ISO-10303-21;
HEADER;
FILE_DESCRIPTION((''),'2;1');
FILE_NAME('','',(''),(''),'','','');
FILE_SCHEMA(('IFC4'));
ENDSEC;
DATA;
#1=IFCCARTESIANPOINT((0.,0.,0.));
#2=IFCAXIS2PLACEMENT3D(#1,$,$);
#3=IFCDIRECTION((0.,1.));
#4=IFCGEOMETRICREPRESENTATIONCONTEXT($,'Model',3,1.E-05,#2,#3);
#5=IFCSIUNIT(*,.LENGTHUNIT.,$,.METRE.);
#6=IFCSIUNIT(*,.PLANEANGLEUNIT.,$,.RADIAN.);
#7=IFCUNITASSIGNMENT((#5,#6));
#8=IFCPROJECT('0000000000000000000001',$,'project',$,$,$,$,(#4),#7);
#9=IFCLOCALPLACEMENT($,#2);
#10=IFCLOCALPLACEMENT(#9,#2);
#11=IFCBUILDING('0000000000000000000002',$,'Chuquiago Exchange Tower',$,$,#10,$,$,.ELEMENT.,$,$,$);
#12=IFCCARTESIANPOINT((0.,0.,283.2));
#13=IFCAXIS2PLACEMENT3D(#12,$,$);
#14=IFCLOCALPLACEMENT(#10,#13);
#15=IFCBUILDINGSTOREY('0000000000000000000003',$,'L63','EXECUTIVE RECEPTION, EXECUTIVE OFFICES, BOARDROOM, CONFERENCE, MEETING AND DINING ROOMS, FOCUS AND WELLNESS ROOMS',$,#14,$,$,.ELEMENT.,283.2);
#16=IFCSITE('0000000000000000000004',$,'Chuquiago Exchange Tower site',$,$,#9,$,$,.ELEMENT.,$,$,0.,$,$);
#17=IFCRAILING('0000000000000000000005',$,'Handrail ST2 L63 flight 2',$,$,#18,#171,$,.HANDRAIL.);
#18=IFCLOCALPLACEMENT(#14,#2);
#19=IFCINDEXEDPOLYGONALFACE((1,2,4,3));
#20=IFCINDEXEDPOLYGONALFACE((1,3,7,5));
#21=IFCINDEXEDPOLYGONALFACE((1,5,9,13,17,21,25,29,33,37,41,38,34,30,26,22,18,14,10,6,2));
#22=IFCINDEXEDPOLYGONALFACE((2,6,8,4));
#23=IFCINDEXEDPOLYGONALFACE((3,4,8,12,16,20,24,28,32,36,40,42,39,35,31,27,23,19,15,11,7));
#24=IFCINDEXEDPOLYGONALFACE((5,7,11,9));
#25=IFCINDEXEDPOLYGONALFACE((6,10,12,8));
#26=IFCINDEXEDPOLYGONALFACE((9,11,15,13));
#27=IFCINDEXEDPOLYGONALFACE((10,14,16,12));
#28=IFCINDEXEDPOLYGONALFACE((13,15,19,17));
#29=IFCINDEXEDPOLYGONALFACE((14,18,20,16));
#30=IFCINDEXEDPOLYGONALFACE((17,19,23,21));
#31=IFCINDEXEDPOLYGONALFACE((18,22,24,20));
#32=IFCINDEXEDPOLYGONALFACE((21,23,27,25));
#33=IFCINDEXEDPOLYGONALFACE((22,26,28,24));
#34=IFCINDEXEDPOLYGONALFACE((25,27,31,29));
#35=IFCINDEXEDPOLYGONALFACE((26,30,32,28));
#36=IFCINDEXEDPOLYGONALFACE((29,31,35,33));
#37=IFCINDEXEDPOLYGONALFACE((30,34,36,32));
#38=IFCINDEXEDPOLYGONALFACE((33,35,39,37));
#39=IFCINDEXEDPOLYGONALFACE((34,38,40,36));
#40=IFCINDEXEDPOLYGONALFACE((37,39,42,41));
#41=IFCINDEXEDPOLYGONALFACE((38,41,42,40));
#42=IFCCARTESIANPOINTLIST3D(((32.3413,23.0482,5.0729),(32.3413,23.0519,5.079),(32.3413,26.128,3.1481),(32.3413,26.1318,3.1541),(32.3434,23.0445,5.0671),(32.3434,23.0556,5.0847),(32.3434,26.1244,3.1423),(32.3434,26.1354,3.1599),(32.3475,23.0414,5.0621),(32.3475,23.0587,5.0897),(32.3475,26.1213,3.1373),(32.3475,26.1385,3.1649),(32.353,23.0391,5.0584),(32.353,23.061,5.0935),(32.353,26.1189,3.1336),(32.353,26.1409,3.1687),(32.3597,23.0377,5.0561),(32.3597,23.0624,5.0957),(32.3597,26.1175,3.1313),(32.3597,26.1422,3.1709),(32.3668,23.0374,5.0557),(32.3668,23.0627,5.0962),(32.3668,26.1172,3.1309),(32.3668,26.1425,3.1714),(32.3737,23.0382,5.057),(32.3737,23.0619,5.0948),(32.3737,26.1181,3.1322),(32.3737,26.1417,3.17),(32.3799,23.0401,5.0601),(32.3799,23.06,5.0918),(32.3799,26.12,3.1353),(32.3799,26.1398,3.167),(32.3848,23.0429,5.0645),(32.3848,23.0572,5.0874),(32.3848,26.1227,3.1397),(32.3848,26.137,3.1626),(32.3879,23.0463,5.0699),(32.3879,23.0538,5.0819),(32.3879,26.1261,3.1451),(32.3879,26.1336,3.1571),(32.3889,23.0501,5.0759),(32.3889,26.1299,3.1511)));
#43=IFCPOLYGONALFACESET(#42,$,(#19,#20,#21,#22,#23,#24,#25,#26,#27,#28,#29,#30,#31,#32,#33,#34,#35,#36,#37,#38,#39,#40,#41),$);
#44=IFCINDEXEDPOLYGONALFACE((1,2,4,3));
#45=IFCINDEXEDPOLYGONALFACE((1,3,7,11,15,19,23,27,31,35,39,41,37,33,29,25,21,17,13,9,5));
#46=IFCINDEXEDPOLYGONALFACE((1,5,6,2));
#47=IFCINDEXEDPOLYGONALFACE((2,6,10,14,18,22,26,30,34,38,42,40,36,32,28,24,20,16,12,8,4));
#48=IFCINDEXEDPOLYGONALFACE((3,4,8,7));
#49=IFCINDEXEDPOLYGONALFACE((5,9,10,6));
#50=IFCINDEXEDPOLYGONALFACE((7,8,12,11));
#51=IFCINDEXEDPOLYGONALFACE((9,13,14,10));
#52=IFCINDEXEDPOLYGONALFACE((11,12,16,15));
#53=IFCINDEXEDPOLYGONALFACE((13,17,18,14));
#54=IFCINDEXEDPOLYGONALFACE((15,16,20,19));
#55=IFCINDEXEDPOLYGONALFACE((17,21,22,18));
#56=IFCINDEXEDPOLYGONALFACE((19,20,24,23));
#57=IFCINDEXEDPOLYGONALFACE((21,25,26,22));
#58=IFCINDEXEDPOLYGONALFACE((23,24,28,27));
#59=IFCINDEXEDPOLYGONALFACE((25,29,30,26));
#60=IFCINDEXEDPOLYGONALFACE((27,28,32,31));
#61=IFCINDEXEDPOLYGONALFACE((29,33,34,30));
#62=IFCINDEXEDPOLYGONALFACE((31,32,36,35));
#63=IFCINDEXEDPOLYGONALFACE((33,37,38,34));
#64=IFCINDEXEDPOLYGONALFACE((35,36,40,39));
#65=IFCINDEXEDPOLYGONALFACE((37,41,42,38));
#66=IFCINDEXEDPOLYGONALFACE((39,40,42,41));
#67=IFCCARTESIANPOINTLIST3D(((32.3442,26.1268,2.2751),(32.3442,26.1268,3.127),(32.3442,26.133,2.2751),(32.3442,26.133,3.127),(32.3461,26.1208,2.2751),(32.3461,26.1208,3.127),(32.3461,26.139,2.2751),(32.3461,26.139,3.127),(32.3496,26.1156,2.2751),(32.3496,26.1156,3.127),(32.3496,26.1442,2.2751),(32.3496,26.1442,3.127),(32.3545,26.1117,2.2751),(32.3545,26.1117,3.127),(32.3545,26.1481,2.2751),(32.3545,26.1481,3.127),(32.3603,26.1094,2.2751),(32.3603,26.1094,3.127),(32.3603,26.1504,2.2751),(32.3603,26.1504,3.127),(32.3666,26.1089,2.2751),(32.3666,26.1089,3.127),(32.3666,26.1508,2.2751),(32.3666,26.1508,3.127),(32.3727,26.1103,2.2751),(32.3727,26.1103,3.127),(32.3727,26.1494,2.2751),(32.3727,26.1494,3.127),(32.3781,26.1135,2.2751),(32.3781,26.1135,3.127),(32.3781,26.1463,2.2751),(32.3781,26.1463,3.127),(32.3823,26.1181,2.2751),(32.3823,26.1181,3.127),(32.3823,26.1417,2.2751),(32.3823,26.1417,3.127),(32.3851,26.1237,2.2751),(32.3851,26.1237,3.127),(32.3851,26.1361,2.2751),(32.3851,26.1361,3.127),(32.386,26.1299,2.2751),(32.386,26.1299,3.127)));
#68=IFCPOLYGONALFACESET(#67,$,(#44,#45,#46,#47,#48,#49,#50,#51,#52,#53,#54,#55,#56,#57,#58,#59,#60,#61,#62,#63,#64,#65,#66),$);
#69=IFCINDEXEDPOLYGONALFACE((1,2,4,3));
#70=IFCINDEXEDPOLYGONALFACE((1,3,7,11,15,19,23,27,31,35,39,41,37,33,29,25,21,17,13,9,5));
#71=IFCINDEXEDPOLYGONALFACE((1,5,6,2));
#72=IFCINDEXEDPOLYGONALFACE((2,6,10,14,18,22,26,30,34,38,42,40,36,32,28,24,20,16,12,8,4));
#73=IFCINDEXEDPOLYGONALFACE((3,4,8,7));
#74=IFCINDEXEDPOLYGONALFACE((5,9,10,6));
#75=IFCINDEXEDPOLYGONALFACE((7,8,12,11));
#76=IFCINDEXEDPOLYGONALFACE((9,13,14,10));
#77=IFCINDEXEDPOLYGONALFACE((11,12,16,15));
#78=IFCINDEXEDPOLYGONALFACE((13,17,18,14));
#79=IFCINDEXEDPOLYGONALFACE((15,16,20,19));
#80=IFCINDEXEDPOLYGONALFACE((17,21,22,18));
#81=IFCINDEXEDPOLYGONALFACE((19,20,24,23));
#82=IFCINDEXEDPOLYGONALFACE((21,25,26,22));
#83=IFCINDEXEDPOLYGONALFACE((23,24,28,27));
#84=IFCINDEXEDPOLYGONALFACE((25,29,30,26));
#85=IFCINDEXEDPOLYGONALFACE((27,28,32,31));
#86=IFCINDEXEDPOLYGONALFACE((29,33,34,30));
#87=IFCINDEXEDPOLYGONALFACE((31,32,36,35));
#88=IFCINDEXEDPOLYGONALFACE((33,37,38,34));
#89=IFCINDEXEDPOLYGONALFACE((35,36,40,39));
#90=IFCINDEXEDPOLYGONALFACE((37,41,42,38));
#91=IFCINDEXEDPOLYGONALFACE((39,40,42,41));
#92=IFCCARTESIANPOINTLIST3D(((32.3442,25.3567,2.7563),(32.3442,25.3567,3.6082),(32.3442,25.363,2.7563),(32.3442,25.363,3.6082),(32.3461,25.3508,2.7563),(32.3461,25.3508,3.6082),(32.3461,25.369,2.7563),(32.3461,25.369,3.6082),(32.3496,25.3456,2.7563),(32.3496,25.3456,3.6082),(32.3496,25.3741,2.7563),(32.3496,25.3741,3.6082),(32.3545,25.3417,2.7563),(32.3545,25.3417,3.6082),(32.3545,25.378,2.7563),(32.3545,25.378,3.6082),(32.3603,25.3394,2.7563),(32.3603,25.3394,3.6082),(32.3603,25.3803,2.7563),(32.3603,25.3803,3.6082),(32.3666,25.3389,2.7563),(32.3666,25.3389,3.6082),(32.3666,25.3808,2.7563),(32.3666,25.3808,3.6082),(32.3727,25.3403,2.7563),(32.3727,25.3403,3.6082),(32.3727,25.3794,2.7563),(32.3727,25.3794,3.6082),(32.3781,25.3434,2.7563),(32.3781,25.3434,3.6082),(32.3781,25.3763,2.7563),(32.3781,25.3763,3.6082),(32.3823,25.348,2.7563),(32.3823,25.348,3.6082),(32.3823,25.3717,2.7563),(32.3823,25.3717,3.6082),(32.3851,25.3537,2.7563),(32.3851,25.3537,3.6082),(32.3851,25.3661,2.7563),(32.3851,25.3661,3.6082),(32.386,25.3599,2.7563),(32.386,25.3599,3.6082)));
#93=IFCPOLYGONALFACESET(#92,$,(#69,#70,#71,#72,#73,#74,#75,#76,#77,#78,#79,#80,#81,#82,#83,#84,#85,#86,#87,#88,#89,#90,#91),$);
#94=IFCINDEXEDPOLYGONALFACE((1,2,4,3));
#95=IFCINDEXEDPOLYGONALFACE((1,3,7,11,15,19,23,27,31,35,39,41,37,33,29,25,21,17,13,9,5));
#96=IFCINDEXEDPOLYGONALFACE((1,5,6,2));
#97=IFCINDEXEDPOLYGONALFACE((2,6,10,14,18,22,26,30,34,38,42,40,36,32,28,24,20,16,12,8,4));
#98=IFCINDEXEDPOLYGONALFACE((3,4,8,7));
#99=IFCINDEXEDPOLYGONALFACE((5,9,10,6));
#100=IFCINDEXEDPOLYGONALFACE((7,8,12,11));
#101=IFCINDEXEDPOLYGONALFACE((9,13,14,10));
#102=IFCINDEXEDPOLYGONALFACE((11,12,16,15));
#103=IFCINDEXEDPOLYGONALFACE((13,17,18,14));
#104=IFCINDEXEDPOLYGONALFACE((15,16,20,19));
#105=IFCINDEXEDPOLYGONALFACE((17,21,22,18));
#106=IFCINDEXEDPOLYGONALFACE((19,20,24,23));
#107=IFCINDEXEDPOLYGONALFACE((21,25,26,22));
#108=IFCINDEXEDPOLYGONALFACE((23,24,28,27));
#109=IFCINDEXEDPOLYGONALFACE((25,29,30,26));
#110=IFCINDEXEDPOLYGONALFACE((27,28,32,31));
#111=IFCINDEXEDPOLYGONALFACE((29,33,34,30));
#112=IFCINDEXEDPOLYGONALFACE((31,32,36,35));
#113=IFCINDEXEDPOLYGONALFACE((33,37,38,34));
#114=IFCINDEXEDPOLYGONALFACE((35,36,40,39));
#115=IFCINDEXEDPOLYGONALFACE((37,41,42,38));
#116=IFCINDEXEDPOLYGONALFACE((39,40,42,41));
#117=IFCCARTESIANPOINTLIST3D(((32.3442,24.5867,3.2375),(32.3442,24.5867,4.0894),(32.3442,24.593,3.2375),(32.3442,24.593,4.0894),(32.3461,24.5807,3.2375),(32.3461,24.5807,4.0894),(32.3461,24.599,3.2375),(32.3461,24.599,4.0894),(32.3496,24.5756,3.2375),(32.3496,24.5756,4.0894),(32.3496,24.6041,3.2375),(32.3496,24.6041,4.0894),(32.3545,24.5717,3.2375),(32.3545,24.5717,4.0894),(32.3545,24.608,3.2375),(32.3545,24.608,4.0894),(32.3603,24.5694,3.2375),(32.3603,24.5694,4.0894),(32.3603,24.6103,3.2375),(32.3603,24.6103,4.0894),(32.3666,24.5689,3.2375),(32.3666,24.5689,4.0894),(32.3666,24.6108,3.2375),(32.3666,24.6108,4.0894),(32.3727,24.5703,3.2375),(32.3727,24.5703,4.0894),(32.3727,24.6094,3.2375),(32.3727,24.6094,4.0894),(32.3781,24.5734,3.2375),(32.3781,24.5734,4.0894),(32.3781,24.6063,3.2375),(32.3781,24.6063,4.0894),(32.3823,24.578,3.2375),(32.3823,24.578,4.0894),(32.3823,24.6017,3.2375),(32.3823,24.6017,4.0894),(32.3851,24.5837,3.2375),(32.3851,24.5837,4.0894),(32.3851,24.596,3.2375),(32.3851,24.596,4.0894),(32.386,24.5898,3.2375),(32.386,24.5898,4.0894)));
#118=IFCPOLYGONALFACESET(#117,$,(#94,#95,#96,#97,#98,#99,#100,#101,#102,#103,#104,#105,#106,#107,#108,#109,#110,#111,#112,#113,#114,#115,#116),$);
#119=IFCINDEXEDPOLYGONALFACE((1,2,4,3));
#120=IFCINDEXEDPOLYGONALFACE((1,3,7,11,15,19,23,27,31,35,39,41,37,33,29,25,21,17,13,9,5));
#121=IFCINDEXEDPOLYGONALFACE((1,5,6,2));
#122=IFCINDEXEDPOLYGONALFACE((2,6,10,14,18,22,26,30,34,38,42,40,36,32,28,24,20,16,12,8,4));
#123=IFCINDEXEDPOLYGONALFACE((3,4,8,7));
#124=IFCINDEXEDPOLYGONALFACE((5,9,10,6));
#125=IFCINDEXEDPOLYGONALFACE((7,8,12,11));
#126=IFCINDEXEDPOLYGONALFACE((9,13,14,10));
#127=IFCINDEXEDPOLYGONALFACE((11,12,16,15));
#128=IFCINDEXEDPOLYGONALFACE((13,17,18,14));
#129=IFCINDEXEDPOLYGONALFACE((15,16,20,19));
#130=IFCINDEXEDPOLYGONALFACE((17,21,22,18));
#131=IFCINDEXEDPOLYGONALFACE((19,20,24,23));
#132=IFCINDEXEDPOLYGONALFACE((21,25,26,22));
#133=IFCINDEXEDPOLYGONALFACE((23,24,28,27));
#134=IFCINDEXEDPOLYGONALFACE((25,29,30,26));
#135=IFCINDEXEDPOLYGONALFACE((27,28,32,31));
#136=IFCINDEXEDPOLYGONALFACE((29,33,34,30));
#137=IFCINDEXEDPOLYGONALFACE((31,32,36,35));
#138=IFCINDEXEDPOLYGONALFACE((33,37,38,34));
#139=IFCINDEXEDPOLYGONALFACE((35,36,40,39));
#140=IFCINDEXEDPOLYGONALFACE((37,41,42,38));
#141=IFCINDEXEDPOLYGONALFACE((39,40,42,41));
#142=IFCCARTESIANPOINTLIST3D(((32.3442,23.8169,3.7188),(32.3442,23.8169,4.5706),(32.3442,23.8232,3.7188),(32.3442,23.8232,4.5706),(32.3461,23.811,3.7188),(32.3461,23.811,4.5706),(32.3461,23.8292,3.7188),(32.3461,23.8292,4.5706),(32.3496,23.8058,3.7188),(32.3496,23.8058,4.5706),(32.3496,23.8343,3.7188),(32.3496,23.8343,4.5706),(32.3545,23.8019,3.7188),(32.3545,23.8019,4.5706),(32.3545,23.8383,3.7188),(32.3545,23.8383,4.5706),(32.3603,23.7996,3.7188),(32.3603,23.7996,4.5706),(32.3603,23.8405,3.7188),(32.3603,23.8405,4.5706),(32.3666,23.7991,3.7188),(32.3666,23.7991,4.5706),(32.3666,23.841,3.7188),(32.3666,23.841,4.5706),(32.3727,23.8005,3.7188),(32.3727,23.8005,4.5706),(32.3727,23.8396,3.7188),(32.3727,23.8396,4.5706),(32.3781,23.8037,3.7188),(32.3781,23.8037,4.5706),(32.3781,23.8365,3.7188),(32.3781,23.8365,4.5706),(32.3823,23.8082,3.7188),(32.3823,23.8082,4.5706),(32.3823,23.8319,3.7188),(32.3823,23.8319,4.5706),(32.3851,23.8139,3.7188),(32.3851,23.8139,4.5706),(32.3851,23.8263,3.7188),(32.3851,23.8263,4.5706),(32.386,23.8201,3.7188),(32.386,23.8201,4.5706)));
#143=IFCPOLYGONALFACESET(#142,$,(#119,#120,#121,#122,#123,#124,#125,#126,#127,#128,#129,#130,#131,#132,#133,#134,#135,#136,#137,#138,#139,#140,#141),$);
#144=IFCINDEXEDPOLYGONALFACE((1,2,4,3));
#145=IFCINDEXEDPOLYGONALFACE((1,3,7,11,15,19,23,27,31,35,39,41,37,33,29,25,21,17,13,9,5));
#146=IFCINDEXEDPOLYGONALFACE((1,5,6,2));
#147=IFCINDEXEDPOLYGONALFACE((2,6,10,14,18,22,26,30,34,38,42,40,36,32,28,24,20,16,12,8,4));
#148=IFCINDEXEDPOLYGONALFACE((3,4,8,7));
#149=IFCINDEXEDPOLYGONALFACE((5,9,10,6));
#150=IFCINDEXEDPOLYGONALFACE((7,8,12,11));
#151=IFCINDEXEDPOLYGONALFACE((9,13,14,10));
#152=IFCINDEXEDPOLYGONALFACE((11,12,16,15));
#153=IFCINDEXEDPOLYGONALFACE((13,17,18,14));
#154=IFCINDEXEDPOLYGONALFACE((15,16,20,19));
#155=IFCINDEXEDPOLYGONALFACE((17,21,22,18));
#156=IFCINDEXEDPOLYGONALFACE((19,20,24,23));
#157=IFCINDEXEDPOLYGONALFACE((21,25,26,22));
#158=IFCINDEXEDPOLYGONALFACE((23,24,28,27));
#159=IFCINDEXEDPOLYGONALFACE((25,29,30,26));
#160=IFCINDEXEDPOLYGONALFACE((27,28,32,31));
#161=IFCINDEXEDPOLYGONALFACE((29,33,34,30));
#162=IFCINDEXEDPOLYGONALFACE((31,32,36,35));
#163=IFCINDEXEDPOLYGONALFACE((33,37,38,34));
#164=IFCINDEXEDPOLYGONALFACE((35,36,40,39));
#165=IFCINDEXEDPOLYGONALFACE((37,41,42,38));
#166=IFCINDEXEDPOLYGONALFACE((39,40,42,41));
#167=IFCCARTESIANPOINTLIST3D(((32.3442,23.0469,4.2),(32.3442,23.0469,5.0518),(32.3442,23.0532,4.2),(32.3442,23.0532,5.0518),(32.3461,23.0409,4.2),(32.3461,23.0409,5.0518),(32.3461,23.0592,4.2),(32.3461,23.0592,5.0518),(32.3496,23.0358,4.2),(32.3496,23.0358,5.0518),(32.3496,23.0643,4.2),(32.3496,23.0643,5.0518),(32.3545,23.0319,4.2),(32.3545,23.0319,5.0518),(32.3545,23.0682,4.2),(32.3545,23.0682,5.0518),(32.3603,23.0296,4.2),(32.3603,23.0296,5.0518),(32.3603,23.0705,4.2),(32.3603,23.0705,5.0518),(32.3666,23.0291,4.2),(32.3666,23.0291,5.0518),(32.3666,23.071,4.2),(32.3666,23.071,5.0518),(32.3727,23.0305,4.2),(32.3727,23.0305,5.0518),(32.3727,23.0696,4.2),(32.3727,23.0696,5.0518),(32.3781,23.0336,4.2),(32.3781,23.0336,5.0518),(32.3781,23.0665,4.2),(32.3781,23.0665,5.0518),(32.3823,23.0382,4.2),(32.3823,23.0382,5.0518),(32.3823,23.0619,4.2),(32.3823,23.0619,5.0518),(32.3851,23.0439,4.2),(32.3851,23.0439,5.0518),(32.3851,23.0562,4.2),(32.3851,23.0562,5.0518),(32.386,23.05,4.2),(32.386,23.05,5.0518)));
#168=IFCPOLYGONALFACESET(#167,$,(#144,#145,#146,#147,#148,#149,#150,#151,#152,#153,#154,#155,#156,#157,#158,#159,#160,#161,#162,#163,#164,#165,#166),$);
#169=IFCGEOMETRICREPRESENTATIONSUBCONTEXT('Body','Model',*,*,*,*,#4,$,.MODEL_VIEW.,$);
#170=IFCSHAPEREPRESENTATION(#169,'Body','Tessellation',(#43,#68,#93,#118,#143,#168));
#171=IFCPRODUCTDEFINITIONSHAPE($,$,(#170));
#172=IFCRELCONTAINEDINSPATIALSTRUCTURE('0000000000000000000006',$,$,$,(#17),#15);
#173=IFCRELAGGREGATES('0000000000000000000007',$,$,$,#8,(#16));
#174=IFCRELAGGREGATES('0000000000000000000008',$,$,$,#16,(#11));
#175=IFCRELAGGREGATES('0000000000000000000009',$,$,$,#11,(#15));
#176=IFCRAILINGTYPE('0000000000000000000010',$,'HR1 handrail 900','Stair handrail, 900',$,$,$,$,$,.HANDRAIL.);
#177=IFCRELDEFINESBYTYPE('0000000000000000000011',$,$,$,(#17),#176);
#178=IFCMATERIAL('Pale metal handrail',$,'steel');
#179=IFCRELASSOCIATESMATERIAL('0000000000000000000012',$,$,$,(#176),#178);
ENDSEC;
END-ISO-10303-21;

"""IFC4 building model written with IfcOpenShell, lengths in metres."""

from ifc_helpers import new_model, si_unit, direction, frame, origin, origin_2d, place, context, subcontext, project, spatial, circle, extrude, material, type_object, element, save


model = new_model("IFC4")

# Units and contexts
model_context = context("Model", 3, precision=1e-05, world=origin(), true_north=direction((0.0, 1.0)))
body_context = subcontext(model_context, "Body", "Model", "MODEL_VIEW")
ifc_project = project(units=[si_unit("LENGTHUNIT", "METRE"), si_unit("PLANEANGLEUNIT", "RADIAN")], contexts=[model_context])

# Site, building, storey
site_placement = place(None, origin())
site = spatial("IfcSite", under=ifc_project, at=site_placement, Name="Chuquiago Exchange Tower site", CompositionType="ELEMENT", RefElevation=0.0)
building_placement = place(site_placement, origin())
building = spatial("IfcBuilding", under=site, at=building_placement, Name="Chuquiago Exchange Tower", CompositionType="ELEMENT")
storey_placement = place(building_placement, frame((0.0, 0.0, 283.2)))
storey = spatial("IfcBuildingStorey", under=building, at=storey_placement, Name="L63", Description="EXECUTIVE RECEPTION, EXECUTIVE OFFICES, BOARDROOM, CONFERENCE, MEETING AND DINING ROOMS, FOCUS AND WELLNESS ROOMS", CompositionType="ELEMENT", Elevation=283.2)

# Railing
ifc_material_1 = material(Name="Pale metal handrail", Category="steel")
railing_type_1 = type_object("IfcRailingType", Name="HR1 handrail 900", Description="Stair handrail, 900", PredefinedType="HANDRAIL", material=ifc_material_1)
for number, where, name in (
    (1, (32.365, 26.1299, 2.2751), "Handrail ST2 L63 flight 2"),
):
    element("IfcRailing", number, at=place(storey_placement, frame(where)), inside=storey, type_object=railing_type_1, Name=name, PredefinedType="HANDRAIL", context=body_context, shape_type="SweptSolid", body=[
        extrude(circle(Radius=0.0239, at=origin_2d()), frame((0.0, 0.0, 0.876), z_axis=(0.0, -0.84801, 0.529981), x_axis=(1.0, 0.0, 0.0)), (0.0, 0.0, 1.0), 3.6318),
        extrude(circle(Radius=0.021, at=origin_2d()), origin(), (0.0, 0.0, 1.0), 0.8518),
        extrude(circle(Radius=0.021, at=origin_2d()), frame((0.0, -0.77, 0.4812)), (0.0, 0.0, 1.0), 0.8518),
        extrude(circle(Radius=0.021, at=origin_2d()), frame((0.0, -1.54, 0.9624)), (0.0, 0.0, 1.0), 0.8518),
        extrude(circle(Radius=0.021, at=origin_2d()), frame((0.0, -2.3098, 1.4436)), (0.0, 0.0, 1.0), 0.8518),
        extrude(circle(Radius=0.021, at=origin_2d()), frame((0.0, -3.0798, 1.9248)), (0.0, 0.0, 1.0), 0.8518),
    ])

save(model, "model.ifc")
